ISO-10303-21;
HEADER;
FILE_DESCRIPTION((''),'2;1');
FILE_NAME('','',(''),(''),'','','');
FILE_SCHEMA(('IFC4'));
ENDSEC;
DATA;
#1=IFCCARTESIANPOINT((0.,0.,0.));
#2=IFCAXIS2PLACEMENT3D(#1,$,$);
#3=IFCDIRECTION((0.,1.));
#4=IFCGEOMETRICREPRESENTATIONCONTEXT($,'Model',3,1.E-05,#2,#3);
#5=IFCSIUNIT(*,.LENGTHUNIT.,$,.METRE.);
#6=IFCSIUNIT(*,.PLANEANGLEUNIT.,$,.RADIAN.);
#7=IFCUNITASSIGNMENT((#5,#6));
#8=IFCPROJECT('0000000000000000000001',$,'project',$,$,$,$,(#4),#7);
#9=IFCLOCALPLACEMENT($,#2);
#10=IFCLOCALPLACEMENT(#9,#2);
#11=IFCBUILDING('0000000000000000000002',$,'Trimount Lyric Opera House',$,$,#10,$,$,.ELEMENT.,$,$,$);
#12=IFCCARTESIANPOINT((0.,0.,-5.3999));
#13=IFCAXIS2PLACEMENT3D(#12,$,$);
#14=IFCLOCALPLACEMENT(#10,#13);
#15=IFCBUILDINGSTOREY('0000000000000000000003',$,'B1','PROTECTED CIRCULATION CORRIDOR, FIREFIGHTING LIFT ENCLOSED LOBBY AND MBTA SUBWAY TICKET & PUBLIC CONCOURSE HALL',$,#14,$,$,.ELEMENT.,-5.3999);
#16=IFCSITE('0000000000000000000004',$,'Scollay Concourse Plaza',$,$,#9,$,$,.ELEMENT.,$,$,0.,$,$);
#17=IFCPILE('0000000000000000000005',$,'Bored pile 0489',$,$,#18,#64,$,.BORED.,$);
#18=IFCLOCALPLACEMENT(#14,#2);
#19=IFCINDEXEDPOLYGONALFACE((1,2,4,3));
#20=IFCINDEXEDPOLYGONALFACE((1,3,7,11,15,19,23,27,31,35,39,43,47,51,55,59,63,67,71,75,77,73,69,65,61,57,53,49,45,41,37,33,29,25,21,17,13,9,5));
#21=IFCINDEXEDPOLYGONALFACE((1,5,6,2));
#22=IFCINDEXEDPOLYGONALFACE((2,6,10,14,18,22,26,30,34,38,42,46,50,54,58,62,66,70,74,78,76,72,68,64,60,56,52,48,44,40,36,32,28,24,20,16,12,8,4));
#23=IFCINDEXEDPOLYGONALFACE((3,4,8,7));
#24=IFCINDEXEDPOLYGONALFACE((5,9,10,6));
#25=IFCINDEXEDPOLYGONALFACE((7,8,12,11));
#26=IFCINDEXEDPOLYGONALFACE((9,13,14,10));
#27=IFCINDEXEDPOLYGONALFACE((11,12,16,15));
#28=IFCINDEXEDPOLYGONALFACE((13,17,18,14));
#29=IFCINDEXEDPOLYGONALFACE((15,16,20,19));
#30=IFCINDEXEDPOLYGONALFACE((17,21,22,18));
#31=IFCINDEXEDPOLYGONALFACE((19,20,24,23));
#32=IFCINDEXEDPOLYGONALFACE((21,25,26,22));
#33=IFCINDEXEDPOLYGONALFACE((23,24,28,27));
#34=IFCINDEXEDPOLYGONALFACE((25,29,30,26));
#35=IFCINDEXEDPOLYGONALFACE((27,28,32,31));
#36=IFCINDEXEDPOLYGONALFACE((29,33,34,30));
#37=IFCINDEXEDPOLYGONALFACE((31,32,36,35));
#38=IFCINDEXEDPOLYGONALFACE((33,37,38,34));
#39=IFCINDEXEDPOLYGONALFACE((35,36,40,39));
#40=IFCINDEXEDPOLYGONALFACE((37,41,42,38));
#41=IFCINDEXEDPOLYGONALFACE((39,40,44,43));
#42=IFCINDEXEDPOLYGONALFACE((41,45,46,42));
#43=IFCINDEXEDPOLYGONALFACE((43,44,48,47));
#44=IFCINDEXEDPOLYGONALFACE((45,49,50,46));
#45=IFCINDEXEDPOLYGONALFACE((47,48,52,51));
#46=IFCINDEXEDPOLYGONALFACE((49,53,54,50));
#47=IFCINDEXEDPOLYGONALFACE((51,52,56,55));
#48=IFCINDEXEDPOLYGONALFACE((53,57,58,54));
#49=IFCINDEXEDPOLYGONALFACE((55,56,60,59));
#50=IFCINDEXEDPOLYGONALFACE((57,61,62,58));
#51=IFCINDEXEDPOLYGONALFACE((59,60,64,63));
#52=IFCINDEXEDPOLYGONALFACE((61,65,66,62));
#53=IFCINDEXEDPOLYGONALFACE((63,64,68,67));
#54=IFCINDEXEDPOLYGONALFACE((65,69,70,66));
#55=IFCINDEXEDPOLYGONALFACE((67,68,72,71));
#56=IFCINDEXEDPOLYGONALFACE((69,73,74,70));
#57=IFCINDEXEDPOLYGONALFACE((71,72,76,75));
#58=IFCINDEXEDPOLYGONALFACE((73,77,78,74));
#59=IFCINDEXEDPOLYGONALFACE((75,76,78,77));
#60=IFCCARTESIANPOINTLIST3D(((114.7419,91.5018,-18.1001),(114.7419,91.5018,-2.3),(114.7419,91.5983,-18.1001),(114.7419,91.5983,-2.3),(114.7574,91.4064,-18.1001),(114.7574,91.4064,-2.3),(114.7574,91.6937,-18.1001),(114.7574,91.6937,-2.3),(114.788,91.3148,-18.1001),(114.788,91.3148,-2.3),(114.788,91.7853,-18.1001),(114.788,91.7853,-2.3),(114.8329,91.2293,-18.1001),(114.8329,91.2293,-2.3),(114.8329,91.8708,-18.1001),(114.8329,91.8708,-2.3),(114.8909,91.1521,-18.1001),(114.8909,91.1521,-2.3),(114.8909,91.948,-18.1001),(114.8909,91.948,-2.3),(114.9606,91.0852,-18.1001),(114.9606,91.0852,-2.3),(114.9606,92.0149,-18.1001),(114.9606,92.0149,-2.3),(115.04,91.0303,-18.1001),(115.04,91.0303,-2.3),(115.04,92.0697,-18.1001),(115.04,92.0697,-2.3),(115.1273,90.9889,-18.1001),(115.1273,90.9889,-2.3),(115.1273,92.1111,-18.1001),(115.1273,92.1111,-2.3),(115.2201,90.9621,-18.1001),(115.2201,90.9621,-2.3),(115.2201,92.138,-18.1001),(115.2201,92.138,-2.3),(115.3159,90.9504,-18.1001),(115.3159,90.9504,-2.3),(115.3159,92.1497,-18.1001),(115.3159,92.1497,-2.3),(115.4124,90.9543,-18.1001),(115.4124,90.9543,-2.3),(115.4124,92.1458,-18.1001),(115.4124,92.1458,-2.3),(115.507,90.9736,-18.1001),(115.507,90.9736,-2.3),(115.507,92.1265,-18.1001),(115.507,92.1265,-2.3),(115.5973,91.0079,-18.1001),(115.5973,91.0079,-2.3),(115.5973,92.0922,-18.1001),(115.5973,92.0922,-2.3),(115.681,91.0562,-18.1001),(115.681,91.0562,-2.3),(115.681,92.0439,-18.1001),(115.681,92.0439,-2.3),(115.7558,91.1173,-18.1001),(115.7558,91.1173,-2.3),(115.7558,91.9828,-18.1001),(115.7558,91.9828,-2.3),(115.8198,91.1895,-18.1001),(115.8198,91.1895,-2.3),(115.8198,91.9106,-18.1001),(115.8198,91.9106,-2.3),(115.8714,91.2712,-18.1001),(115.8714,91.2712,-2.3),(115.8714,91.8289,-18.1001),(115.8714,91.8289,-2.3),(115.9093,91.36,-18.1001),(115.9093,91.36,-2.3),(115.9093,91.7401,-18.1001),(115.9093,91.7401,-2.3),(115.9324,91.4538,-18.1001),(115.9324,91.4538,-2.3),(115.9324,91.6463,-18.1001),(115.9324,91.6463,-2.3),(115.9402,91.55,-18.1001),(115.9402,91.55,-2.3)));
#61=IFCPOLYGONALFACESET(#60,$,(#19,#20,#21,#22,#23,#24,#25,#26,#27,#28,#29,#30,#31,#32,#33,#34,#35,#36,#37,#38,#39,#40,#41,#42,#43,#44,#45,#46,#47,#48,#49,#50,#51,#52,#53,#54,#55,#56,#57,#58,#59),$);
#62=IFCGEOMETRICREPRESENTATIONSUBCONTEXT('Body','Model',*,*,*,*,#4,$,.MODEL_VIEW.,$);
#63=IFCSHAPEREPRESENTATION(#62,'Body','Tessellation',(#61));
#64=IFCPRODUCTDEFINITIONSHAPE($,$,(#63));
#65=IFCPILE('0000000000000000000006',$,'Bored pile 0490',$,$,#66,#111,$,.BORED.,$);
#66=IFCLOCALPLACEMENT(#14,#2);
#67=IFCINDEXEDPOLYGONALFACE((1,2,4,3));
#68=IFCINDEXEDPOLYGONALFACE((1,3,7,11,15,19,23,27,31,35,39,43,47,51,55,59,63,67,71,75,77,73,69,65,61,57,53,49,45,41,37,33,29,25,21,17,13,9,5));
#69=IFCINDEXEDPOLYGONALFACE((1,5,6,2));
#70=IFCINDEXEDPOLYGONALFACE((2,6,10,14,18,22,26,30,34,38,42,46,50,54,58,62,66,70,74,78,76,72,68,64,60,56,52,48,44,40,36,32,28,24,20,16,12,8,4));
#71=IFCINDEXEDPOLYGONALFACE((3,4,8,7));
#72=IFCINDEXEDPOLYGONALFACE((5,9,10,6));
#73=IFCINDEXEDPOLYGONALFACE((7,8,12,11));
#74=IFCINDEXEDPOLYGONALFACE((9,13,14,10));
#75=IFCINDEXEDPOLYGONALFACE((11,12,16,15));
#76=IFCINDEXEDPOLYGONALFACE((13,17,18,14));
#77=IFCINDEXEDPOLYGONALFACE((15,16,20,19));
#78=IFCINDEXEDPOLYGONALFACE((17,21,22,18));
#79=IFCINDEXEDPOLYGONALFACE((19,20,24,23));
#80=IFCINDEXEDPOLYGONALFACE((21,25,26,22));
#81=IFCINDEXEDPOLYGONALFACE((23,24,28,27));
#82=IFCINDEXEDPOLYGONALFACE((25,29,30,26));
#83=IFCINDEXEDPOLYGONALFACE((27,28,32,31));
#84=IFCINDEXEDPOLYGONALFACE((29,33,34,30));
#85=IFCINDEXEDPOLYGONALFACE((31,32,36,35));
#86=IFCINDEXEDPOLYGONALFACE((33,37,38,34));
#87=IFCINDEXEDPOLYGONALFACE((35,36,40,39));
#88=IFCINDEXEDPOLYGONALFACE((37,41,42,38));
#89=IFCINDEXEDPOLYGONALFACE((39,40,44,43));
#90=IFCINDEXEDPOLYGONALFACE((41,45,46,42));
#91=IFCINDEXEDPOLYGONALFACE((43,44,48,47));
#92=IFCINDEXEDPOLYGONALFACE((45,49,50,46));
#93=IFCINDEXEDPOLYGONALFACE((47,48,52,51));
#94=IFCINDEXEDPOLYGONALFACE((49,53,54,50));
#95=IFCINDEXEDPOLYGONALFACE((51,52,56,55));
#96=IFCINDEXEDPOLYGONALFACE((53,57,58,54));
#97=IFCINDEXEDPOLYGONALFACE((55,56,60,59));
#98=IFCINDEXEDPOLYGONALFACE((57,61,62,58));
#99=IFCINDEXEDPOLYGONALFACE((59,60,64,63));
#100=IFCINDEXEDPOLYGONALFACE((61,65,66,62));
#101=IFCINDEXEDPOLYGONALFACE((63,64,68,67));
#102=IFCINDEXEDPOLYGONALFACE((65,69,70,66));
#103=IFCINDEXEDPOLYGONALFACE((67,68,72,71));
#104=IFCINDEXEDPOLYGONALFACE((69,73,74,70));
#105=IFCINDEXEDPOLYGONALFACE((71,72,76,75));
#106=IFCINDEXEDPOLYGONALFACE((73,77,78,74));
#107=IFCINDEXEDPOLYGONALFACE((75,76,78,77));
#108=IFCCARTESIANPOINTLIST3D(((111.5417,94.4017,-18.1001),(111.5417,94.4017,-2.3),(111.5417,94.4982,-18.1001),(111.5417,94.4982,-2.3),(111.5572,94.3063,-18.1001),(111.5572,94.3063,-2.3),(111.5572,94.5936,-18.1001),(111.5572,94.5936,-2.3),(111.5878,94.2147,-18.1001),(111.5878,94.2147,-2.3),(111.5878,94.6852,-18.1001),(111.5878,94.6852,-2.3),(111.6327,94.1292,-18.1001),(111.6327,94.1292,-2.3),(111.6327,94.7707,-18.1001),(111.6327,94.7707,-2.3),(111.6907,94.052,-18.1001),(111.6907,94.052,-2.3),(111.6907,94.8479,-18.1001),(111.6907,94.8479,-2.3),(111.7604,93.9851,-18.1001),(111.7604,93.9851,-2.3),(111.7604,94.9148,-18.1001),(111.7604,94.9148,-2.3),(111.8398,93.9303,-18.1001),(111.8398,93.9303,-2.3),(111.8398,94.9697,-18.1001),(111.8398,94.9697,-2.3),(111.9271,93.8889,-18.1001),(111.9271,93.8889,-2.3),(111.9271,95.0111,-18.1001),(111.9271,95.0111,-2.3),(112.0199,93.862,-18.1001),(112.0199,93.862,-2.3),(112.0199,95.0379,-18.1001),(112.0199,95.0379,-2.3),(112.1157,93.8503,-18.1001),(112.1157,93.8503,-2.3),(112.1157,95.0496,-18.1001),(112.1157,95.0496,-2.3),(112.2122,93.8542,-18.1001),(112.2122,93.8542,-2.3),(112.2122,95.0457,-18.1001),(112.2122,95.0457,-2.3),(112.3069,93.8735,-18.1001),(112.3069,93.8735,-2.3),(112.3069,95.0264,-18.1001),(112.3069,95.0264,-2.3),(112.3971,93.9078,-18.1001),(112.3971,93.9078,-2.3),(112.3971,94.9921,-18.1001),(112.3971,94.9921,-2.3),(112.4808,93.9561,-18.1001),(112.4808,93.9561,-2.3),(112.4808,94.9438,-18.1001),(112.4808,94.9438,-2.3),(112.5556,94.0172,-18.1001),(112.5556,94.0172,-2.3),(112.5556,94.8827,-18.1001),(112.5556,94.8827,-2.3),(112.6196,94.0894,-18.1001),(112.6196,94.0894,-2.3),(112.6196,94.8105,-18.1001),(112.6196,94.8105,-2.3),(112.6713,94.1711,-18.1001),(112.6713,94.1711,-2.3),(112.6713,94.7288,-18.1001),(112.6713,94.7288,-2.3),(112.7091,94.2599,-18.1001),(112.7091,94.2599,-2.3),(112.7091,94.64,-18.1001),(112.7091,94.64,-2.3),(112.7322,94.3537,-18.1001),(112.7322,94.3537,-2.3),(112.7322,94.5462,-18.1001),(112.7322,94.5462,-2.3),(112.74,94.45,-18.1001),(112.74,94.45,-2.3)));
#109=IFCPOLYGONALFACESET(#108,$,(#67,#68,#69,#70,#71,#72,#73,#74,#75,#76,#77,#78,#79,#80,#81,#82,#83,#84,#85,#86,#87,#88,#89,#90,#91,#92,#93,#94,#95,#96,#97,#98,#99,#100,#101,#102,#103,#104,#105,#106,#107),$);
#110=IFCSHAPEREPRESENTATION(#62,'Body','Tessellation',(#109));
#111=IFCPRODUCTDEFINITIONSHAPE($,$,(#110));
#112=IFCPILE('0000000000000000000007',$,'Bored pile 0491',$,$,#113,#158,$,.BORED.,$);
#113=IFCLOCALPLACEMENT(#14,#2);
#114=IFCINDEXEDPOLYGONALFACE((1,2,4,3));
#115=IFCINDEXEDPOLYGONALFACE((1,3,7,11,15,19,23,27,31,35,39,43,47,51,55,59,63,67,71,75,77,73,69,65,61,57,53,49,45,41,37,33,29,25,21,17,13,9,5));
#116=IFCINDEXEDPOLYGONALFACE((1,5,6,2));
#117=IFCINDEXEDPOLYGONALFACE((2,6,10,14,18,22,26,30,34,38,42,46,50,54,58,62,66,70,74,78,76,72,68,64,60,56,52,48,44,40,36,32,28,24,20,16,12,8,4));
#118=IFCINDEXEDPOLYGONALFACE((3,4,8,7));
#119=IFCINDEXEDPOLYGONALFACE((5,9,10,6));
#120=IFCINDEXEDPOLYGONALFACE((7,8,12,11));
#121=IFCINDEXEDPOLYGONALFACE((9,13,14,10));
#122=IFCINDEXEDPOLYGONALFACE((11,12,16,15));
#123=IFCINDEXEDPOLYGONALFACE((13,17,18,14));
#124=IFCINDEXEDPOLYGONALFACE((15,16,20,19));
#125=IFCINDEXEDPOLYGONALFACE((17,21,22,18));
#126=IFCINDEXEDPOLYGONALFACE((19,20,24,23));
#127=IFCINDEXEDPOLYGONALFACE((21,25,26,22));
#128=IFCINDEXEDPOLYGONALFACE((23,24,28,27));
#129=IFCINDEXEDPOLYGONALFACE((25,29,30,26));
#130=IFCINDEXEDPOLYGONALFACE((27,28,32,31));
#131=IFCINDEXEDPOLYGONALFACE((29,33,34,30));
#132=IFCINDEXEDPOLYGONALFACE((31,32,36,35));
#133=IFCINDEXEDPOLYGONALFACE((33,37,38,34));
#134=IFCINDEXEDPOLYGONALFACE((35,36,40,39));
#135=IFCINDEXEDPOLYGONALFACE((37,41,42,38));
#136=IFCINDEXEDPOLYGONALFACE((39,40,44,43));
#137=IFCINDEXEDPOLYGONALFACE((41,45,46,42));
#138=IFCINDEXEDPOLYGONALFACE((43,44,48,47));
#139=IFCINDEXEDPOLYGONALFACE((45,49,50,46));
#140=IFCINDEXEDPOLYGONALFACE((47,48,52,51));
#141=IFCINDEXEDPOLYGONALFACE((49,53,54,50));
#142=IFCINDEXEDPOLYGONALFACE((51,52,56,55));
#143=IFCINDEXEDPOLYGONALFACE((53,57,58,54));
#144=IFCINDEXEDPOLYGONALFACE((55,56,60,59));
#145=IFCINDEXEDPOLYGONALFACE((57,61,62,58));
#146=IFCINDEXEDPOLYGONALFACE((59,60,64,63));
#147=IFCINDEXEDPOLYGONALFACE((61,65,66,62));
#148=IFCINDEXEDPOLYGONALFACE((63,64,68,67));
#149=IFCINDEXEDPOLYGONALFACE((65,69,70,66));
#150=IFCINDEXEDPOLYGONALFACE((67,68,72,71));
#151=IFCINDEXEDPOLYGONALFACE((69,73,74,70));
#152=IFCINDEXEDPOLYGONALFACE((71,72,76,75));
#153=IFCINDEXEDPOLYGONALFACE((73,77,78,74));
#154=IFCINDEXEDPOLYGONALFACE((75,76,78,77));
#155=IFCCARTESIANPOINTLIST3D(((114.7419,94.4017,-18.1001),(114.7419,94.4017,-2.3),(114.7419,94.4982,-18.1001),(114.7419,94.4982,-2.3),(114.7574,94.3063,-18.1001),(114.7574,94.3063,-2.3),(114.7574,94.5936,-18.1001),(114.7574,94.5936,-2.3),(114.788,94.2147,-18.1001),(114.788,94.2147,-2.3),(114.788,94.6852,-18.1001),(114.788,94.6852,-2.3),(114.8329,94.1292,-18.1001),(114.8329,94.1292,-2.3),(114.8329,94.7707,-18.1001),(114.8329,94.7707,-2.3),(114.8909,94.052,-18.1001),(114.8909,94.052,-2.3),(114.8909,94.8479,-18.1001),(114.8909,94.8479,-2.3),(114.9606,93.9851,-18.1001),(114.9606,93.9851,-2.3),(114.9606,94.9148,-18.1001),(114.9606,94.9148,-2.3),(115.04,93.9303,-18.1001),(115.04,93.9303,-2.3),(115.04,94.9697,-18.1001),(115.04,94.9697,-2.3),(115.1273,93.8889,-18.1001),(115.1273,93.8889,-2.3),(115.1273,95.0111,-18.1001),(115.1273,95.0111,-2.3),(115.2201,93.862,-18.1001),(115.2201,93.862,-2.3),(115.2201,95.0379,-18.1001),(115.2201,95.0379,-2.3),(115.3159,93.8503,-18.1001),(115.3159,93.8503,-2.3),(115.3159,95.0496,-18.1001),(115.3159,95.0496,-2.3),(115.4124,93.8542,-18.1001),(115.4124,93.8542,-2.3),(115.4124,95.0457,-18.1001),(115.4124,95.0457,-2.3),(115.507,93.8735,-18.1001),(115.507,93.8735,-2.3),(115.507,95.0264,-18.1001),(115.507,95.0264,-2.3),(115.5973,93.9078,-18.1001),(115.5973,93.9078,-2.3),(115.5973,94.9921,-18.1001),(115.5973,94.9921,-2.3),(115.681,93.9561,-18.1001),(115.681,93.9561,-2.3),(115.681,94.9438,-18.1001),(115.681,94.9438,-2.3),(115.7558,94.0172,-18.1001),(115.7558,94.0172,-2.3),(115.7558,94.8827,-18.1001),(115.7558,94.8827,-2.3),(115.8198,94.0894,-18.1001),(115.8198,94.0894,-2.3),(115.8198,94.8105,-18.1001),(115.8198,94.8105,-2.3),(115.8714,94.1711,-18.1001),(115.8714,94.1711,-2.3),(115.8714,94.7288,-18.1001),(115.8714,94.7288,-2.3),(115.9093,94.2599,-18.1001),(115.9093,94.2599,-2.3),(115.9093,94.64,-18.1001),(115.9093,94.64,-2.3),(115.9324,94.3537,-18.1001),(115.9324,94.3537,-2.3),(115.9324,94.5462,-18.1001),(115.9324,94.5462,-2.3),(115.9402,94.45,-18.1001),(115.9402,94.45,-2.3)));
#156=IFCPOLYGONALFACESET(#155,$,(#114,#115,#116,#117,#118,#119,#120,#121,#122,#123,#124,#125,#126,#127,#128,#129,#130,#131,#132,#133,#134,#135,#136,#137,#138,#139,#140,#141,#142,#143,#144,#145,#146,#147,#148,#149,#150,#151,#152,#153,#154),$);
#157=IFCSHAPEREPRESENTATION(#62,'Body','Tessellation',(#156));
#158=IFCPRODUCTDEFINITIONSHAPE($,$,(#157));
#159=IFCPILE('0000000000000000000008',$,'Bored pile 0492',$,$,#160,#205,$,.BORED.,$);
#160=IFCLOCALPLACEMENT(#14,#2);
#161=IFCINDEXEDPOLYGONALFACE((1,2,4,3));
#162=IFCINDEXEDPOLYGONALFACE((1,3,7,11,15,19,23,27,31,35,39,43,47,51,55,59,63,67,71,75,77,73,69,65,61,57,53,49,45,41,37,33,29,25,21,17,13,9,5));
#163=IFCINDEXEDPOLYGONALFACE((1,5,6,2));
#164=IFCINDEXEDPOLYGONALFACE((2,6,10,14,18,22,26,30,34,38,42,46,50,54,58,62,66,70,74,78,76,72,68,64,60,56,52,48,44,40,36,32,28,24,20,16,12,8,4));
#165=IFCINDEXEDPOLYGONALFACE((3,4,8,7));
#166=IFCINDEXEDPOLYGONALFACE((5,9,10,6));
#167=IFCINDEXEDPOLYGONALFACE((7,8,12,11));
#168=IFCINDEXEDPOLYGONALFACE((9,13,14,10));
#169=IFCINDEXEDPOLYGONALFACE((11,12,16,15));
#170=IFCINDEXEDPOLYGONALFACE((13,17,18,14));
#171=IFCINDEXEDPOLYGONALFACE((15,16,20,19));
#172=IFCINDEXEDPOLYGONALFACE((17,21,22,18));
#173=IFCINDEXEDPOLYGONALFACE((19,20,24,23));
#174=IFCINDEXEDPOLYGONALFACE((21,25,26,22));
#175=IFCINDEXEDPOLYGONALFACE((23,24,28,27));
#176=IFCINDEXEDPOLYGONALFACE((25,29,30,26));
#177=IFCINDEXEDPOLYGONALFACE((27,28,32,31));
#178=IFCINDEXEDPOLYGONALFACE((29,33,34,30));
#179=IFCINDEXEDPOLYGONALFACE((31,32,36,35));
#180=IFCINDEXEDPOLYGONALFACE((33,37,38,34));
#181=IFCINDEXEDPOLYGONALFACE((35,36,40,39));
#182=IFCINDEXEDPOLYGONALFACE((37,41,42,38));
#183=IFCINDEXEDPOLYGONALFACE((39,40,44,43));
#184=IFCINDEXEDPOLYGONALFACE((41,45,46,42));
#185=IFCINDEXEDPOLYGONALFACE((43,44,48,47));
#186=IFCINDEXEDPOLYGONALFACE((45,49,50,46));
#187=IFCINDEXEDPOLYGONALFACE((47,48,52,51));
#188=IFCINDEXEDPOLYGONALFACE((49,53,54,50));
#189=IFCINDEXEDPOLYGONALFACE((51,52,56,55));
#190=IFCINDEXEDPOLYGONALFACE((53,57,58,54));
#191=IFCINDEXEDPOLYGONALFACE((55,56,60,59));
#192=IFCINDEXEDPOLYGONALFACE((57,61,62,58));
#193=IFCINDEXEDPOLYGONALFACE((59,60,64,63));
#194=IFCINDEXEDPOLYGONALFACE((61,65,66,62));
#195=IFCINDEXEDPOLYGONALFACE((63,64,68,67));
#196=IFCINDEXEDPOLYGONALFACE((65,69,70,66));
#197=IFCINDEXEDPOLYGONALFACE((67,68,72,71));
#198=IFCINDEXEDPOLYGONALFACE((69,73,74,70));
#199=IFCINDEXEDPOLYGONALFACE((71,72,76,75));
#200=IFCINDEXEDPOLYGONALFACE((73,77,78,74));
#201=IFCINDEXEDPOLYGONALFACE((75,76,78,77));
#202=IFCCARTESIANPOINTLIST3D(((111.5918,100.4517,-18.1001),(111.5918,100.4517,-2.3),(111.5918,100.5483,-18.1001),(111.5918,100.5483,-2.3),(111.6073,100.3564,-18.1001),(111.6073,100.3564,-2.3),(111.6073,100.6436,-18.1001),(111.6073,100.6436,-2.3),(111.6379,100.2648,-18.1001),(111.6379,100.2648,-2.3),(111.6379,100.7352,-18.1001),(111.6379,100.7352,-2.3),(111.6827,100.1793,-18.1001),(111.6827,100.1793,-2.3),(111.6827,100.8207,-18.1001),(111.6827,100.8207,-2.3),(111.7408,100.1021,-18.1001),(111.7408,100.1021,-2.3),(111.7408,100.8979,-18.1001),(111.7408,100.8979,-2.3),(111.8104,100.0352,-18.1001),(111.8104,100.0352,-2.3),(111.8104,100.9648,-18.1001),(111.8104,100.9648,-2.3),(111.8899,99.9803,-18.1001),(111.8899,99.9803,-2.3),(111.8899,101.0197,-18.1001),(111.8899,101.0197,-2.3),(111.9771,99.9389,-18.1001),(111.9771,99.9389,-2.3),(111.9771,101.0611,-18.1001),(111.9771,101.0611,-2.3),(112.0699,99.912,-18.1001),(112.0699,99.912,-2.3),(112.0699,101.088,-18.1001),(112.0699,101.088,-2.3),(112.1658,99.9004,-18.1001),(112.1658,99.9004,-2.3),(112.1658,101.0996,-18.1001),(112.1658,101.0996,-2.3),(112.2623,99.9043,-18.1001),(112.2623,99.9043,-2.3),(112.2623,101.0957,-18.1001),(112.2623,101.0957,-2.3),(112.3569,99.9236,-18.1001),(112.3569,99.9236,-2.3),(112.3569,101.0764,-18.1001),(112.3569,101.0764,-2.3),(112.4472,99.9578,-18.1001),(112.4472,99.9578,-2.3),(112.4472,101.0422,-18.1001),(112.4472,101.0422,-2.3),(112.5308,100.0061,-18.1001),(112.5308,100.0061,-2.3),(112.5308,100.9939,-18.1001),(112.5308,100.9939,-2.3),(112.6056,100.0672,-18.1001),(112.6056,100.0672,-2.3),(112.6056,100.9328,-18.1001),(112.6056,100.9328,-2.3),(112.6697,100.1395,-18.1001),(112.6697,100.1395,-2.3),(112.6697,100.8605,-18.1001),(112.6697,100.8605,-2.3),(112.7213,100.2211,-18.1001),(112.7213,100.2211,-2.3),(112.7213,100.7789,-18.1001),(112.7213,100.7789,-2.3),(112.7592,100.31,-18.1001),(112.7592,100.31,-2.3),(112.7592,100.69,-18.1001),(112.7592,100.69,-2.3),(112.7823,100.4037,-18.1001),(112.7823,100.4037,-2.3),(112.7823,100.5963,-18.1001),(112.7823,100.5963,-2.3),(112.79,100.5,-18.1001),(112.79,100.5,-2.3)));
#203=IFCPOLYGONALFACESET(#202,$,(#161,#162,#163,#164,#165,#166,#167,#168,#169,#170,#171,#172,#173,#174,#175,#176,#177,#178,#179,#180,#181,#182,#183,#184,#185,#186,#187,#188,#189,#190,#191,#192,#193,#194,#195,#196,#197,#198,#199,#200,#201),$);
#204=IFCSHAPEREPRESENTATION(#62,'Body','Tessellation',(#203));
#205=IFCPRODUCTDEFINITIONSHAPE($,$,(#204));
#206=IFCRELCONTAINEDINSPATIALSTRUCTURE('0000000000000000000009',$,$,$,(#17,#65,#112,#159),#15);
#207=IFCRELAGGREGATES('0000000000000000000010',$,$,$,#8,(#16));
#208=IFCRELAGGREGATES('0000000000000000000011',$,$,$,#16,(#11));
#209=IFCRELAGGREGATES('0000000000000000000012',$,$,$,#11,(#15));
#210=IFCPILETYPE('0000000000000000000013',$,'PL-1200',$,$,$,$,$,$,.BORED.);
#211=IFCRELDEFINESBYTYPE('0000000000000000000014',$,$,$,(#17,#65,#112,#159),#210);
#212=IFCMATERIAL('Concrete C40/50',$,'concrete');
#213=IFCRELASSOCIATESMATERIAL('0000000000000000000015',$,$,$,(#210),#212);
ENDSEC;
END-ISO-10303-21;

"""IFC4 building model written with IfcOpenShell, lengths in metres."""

from ifc_helpers import new_model, si_unit, direction, frame, origin, origin_2d, place, context, subcontext, project, spatial, circle, extrude, material, material_profile, profile_set, type_object, element, save


model = new_model("IFC4")

# Units and contexts
model_context = context("Model", 3, precision=1e-05, world=origin(), true_north=direction((0.0, 1.0)))
body_context = subcontext(model_context, "Body", "Model", "MODEL_VIEW")
ifc_project = project(units=[si_unit("LENGTHUNIT", "METRE"), si_unit("PLANEANGLEUNIT", "RADIAN")], contexts=[model_context])

# Site, building, storey
site_placement = place(None, origin())
site = spatial("IfcSite", under=ifc_project, at=site_placement, Name="Scollay Concourse Plaza", CompositionType="ELEMENT", RefElevation=0.0)
building_placement = place(site_placement, origin())
building = spatial("IfcBuilding", under=site, at=building_placement, Name="Trimount Lyric Opera House", CompositionType="ELEMENT")
storey_placement = place(building_placement, frame((0.0, 0.0, -5.3999)))
storey = spatial("IfcBuildingStorey", under=building, at=storey_placement, Name="B1", Description="PROTECTED CIRCULATION CORRIDOR, FIREFIGHTING LIFT ENCLOSED LOBBY AND MBTA SUBWAY TICKET & PUBLIC CONCOURSE HALL", CompositionType="ELEMENT", Elevation=-5.3999)

# Piles
ifc_material_1 = material(Name="Concrete C40/50", Category="concrete")
ifc_material_profile_1 = material_profile(ifc_material_1, circle(Radius=0.6001, at=origin_2d()), Name="PILE-D1200")
ifc_profile_set_1 = profile_set([ifc_material_profile_1], Name="Concrete C40/50")
pile_type_1 = type_object("IfcPileType", Name="PL-1200", PredefinedType="BORED", material=ifc_profile_set_1)
for number, where, z_axis, x_axis, name in (
    (1, (115.3401, 91.55, -2.3), (0.0, 0.0, -1.0), (1.0, 0.0, 0.0), "Bored pile 0489"),
    (2, (112.1399, 94.45, -2.3), (0.0, 0.0, -1.0), (1.0, 0.0, 0.0), "Bored pile 0490"),
    (3, (115.3401, 94.45, -2.3), (0.0, 0.0, -1.0), (1.0, 0.0, 0.0), "Bored pile 0491"),
    (4, (112.1899, 100.5, -2.3), (0.0, 0.0, -1.0), (1.0, 0.0, 0.0), "Bored pile 0492"),
):
    element("IfcPile", number, at=place(storey_placement, frame(where, z_axis=z_axis, x_axis=x_axis)), inside=storey, type_object=pile_type_1, Name=name, PredefinedType="BORED", context=body_context, shape_type="SweptSolid", body=[
        extrude(circle(Radius=0.6001, at=origin_2d()), origin(), (0.0, 0.0, 1.0), 15.8),
    ])

save(model, "model.ifc")
